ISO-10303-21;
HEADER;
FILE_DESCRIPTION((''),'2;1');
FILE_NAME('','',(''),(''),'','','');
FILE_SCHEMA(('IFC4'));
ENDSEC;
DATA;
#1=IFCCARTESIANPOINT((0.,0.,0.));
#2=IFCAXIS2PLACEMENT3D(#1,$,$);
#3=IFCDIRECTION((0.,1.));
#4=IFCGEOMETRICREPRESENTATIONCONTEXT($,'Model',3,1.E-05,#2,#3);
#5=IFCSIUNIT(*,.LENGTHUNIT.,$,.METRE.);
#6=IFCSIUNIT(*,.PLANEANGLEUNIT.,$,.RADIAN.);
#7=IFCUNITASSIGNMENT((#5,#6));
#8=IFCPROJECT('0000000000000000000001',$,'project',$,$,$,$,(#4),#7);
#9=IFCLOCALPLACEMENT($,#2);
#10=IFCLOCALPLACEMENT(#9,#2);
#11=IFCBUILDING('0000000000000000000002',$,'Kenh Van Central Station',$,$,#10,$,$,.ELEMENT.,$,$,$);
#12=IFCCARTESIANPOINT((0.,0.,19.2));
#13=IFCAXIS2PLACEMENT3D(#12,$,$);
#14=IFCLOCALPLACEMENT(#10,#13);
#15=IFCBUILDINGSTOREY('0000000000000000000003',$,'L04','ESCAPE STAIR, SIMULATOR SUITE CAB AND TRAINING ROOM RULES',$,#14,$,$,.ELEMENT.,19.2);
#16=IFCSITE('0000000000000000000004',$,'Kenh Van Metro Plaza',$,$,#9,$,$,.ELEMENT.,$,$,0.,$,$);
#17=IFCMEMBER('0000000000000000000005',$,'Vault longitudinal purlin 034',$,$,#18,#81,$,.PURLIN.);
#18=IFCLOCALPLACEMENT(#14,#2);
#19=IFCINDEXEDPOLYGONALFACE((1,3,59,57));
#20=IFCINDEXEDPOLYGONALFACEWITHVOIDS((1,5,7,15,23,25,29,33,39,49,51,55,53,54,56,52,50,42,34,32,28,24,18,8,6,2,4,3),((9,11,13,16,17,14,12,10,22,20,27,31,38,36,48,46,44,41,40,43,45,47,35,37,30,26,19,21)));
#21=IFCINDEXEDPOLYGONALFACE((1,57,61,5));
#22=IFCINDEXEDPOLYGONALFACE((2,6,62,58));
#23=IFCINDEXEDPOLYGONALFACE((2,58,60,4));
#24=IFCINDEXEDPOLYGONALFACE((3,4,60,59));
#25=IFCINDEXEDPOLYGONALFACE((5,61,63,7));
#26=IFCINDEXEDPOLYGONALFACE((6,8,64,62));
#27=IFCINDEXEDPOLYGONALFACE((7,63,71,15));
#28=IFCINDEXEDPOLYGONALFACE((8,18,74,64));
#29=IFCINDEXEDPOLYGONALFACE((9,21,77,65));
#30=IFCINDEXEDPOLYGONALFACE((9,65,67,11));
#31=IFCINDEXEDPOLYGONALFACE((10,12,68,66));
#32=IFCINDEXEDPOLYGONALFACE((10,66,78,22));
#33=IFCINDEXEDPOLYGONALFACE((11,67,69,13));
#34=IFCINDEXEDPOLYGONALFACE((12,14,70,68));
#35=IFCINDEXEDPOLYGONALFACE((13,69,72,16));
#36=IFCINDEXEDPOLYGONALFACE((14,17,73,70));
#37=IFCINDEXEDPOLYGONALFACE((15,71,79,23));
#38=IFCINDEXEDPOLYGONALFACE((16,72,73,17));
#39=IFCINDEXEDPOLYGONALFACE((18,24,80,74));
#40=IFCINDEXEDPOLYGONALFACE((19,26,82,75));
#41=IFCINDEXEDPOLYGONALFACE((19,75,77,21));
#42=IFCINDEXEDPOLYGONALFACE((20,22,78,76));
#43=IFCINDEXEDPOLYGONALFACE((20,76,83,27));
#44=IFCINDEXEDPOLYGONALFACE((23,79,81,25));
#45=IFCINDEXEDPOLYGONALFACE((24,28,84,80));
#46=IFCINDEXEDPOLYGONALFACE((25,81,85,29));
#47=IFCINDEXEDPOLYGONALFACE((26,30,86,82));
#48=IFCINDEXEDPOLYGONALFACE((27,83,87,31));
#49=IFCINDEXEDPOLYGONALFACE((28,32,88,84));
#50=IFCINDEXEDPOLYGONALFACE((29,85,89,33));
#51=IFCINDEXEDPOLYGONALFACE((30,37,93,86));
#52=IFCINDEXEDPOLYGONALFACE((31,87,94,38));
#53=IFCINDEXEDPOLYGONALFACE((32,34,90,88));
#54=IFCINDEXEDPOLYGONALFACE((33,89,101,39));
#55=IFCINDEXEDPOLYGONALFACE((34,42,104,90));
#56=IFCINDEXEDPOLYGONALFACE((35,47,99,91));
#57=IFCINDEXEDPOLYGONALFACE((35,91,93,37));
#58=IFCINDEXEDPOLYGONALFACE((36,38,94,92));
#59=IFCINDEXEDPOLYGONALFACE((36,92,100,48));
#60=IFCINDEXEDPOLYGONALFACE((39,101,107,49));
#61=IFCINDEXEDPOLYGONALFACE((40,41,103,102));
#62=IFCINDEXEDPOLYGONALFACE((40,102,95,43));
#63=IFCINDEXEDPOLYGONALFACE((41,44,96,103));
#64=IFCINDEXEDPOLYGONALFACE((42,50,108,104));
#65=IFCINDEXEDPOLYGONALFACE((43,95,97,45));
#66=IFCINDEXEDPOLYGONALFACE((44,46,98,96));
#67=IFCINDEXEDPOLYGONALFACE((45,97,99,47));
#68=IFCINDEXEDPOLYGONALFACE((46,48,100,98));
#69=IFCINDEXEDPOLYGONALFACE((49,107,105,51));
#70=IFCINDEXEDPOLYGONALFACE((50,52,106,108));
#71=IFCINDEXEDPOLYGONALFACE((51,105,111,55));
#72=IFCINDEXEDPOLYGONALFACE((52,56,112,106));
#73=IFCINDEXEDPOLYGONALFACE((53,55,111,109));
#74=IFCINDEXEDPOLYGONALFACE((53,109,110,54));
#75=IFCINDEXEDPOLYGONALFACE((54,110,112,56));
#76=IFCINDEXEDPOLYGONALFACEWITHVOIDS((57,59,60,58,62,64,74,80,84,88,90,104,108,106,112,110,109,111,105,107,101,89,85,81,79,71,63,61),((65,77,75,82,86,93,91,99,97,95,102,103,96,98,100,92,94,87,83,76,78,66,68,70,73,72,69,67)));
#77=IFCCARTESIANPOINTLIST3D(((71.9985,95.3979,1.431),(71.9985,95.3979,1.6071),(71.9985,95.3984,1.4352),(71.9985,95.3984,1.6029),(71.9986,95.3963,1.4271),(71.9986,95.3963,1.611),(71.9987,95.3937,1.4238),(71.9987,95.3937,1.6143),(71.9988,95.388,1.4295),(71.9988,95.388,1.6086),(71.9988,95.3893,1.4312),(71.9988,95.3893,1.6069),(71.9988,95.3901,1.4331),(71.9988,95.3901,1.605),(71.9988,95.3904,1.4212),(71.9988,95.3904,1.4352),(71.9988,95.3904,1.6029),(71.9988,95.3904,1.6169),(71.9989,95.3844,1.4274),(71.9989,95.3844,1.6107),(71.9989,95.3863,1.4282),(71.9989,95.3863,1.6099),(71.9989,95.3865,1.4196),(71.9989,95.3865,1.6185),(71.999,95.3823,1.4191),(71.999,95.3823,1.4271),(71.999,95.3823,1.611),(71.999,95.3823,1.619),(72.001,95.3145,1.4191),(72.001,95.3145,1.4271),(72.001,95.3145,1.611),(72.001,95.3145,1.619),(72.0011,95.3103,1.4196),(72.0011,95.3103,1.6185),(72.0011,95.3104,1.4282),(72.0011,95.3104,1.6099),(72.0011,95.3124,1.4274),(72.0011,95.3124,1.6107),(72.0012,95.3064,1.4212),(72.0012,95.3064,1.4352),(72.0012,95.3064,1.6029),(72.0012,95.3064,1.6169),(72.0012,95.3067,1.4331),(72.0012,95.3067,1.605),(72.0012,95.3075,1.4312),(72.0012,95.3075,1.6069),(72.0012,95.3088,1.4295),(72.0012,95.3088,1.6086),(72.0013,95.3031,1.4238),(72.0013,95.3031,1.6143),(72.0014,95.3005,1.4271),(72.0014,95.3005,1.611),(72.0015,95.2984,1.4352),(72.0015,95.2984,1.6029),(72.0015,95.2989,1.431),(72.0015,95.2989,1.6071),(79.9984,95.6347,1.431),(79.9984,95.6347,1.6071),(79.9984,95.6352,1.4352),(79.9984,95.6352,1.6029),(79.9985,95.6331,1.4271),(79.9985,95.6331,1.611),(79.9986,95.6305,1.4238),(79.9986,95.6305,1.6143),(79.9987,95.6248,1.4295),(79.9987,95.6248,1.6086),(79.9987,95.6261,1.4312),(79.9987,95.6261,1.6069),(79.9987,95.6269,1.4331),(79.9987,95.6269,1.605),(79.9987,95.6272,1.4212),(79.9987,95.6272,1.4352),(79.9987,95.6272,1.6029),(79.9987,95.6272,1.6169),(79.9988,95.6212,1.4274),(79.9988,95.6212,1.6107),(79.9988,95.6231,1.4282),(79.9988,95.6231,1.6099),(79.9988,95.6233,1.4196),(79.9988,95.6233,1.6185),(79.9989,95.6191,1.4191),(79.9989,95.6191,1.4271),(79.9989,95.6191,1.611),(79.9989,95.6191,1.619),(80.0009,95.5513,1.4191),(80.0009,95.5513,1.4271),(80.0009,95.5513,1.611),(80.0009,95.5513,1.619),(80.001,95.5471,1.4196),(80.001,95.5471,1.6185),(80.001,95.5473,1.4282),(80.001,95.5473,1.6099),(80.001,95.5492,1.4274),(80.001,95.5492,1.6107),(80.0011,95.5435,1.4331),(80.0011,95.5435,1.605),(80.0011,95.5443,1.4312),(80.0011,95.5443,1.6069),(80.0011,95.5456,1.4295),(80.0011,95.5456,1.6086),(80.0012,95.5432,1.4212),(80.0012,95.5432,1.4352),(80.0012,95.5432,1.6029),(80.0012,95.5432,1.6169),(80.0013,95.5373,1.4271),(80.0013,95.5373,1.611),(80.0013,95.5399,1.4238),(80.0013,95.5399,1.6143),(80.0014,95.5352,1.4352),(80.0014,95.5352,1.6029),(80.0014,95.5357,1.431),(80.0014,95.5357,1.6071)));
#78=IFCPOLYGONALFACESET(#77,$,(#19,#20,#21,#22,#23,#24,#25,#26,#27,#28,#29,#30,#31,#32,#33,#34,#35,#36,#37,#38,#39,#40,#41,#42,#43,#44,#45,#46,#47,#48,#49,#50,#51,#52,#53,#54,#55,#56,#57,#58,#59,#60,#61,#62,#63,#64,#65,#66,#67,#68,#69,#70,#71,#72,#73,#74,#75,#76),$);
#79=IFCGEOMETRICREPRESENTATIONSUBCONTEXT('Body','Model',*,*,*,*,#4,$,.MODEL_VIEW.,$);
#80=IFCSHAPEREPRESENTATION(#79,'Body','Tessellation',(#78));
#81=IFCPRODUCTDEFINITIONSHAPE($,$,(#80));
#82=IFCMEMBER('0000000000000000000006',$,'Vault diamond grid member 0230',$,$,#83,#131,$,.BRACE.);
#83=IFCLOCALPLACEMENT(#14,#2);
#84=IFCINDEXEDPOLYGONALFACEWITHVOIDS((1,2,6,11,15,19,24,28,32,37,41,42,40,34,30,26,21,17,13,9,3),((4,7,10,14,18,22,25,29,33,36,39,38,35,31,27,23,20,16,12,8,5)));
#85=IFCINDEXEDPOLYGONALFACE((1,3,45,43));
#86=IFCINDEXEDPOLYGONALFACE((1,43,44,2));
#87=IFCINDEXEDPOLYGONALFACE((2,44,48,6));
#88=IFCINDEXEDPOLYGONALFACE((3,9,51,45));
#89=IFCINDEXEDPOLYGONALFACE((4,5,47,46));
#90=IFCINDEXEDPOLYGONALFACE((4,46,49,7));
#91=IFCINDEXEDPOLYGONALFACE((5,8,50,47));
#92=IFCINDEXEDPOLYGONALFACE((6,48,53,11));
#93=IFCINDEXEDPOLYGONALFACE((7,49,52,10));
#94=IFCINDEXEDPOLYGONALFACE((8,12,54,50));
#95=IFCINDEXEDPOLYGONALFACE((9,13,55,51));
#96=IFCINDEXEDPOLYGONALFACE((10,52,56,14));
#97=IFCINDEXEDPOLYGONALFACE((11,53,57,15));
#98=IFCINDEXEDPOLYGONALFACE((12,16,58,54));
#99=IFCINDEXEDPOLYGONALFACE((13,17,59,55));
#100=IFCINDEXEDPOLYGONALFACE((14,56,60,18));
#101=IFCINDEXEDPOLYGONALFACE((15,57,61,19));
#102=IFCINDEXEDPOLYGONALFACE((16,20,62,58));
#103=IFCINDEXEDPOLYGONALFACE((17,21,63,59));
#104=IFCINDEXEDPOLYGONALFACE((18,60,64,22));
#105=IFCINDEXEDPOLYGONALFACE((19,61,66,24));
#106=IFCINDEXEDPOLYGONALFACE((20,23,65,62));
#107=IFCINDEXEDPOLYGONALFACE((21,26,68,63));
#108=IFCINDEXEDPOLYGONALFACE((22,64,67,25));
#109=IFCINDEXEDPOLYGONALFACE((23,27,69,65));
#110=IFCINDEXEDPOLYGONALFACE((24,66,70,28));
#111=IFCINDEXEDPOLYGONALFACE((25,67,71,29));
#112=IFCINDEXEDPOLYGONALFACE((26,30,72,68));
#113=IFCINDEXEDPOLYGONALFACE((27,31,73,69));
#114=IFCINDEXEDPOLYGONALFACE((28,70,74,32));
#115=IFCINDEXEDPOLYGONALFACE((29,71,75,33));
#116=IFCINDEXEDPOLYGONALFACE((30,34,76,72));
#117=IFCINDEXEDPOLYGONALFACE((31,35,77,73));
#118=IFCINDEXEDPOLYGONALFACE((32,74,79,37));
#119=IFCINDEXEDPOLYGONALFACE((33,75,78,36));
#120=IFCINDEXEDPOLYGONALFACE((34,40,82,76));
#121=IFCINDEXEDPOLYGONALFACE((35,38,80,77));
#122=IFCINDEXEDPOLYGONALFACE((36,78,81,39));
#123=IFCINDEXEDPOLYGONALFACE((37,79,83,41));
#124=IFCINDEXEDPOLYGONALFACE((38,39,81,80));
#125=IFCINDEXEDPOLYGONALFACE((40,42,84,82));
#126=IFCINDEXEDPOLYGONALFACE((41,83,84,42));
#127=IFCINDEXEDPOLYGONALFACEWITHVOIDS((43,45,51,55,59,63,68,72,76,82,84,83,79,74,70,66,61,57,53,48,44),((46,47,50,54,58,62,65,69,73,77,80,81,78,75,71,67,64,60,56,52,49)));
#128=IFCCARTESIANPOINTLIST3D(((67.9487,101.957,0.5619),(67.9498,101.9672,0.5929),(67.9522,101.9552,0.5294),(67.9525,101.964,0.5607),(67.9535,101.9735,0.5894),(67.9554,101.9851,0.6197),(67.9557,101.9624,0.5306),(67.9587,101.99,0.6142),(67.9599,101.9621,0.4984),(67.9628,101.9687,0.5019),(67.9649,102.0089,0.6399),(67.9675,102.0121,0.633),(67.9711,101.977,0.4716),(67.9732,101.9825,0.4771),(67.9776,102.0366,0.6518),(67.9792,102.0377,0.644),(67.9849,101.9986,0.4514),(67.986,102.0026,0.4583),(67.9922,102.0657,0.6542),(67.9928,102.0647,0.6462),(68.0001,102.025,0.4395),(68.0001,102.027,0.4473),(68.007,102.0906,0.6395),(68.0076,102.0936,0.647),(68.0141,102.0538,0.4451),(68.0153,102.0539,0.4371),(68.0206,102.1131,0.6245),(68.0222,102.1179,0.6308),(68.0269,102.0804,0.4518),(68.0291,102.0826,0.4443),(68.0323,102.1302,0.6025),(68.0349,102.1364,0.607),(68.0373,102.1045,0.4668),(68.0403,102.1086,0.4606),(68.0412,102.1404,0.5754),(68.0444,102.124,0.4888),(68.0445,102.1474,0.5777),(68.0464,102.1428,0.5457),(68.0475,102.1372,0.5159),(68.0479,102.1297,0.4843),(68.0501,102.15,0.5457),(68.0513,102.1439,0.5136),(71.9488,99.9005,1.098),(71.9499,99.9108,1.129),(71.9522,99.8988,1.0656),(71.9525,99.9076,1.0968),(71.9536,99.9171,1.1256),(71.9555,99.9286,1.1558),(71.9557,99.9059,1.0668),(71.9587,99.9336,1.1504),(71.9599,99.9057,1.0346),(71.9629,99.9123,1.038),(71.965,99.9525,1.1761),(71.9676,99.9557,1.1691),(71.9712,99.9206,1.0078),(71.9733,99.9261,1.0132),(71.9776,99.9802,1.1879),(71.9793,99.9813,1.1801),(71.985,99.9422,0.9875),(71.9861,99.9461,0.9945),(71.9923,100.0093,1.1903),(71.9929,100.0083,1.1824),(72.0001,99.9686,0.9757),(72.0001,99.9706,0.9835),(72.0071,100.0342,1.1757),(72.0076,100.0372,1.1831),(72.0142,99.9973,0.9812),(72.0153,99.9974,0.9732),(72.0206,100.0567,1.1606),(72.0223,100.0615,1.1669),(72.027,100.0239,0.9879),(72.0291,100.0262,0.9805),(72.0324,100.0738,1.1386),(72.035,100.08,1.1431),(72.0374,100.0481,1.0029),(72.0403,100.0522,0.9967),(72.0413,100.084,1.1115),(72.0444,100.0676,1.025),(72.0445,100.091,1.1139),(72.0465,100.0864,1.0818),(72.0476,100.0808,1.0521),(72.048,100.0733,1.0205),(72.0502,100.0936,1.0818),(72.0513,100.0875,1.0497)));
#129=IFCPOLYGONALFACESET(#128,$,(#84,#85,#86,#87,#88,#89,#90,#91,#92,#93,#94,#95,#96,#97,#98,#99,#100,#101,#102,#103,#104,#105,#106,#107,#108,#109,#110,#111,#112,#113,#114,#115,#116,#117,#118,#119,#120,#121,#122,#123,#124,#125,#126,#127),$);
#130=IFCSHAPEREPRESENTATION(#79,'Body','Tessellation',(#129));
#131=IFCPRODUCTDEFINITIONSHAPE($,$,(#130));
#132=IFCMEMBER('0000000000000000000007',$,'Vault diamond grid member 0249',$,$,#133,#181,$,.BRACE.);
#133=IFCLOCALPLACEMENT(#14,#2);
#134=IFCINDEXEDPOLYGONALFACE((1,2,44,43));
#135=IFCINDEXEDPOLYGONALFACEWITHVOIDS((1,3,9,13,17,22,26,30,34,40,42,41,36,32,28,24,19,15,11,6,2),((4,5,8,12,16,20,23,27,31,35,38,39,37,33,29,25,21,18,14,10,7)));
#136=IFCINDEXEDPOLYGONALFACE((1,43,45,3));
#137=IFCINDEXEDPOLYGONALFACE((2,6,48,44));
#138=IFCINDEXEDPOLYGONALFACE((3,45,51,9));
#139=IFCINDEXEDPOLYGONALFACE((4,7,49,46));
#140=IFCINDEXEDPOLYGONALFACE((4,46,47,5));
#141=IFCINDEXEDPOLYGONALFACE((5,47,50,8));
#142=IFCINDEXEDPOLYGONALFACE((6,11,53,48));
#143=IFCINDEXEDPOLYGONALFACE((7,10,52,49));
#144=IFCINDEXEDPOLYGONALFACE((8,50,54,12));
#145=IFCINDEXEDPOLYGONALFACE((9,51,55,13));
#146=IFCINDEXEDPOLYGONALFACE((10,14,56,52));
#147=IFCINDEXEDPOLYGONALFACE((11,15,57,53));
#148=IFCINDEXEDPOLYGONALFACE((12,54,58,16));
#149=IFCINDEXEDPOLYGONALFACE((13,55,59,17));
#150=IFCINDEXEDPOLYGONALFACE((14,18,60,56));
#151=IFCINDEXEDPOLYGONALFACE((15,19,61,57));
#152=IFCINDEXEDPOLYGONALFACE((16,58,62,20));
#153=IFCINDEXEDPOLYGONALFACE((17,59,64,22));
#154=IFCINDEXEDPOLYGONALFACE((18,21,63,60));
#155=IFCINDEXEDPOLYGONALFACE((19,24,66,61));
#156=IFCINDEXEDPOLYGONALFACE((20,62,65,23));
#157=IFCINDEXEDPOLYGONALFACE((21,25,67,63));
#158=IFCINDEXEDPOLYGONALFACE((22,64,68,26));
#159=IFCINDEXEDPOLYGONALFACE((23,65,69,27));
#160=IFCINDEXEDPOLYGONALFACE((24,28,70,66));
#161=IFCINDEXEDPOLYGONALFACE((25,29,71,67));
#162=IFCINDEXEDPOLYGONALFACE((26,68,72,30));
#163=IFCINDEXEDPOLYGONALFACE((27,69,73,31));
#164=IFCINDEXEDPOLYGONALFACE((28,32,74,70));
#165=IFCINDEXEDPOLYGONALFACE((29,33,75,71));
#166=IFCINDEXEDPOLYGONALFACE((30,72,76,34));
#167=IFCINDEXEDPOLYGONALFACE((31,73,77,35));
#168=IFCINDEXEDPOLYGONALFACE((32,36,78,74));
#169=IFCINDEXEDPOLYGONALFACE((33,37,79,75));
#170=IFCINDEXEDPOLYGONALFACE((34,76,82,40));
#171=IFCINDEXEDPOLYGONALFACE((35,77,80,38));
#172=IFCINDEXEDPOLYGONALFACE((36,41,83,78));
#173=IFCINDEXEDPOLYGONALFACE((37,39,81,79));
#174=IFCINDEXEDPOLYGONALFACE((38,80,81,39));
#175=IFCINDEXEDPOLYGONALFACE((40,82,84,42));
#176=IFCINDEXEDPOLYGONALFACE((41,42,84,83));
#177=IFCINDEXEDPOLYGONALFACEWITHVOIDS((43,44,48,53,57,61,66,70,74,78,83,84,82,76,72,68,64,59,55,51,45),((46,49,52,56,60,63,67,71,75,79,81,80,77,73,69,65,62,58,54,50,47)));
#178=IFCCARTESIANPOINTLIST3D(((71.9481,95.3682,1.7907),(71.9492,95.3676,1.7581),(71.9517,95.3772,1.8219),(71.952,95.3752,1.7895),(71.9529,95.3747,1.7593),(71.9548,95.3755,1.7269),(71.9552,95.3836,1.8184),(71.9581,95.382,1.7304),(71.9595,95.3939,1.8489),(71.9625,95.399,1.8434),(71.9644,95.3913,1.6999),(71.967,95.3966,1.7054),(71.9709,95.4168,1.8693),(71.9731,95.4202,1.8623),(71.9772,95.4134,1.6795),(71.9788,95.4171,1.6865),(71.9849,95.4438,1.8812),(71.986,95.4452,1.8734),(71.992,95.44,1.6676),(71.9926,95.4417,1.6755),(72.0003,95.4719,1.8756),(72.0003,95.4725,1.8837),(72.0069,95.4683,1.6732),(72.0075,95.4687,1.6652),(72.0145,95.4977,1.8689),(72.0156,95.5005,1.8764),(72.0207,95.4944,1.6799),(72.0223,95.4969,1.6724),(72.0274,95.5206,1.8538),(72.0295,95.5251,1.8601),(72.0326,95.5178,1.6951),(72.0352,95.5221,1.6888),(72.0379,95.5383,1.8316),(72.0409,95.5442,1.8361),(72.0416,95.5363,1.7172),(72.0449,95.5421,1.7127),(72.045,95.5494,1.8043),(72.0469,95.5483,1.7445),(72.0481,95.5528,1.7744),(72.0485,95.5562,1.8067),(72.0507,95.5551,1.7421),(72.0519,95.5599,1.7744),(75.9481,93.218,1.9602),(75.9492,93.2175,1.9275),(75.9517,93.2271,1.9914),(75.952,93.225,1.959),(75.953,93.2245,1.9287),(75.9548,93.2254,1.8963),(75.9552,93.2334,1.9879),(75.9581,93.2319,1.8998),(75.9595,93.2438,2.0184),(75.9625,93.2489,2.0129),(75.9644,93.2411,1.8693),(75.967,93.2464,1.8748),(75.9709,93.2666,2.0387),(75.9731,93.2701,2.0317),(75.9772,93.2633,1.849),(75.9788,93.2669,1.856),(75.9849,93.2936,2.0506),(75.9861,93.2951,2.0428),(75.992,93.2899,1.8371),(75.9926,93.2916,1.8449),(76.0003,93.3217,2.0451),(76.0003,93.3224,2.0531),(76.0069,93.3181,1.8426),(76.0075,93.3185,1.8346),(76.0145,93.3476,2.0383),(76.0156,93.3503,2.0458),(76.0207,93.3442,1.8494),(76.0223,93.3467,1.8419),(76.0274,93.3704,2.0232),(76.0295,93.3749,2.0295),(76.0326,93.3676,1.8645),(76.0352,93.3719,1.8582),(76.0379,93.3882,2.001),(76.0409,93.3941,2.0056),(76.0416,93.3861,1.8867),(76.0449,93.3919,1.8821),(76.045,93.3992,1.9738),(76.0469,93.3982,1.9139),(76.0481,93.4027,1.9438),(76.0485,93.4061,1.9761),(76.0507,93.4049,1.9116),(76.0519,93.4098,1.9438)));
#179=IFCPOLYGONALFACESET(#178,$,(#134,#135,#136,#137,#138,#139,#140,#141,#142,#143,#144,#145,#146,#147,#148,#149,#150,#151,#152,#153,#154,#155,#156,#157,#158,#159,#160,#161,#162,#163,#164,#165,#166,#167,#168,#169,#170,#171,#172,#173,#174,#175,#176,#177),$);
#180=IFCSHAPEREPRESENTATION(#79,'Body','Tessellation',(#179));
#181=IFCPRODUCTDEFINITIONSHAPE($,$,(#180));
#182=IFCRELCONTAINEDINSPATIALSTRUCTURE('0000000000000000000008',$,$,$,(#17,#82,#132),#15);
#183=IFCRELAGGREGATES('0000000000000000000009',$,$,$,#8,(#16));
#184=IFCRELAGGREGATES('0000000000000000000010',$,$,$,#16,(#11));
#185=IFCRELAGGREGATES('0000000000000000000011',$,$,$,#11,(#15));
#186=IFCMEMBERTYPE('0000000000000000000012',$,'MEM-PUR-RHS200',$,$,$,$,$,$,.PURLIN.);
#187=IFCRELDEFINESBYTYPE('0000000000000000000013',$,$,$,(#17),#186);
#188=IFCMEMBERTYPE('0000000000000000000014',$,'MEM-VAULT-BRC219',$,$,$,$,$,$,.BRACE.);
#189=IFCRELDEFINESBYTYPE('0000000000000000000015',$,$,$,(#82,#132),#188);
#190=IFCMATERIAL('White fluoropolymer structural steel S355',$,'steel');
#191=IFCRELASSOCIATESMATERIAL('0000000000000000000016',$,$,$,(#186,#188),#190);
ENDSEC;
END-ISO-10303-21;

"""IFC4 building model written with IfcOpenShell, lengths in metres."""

from ifc_helpers import new_model, si_unit, direction, frame, origin, origin_2d, place, context, subcontext, project, spatial, hollow_rectangle, hollow_circle, extrude, material, material_profile, profile_set, type_object, element, save


model = new_model("IFC4")

# Units and contexts
model_context = context("Model", 3, precision=1e-05, world=origin(), true_north=direction((0.0, 1.0)))
body_context = subcontext(model_context, "Body", "Model", "MODEL_VIEW")
ifc_project = project(units=[si_unit("LENGTHUNIT", "METRE"), si_unit("PLANEANGLEUNIT", "RADIAN")], contexts=[model_context])

# Site, building, storey
site_placement = place(None, origin())
site = spatial("IfcSite", under=ifc_project, at=site_placement, Name="Kenh Van Metro Plaza", CompositionType="ELEMENT", RefElevation=0.0)
building_placement = place(site_placement, origin())
building = spatial("IfcBuilding", under=site, at=building_placement, Name="Kenh Van Central Station", CompositionType="ELEMENT")
storey_placement = place(building_placement, frame((0.0, 0.0, 19.2)))
storey = spatial("IfcBuildingStorey", under=building, at=storey_placement, Name="L04", Description="ESCAPE STAIR, SIMULATOR SUITE CAB AND TRAINING ROOM RULES", CompositionType="ELEMENT", Elevation=19.2)

# Shared definitions
ifc_material_1 = material(Name="White fluoropolymer structural steel S355", Category="steel")

# Members
ifc_material_profile_1 = material_profile(ifc_material_1, hollow_rectangle(XDim=0.1001, YDim=0.2, WallThickness=0.0081, InnerFilletRadius=0.0081, OuterFilletRadius=0.0161, at=origin_2d()), Name="RHS 200x100x8")
ifc_profile_set_1 = profile_set([ifc_material_profile_1], Name="White fluoropolymer structural steel S355")
member_type_1 = type_object("IfcMemberType", Name="MEM-PUR-RHS200", PredefinedType="PURLIN", material=ifc_profile_set_1)
member_1_placement = place(storey_placement, frame((72.0, 95.3484, 1.519), z_axis=(0.999562, 0.029589, 0.0), x_axis=(-0.029589, 0.999562, 0.0)))
element("IfcMember", 1, at=member_1_placement, inside=storey, type_object=member_type_1, Name="Vault longitudinal purlin 034", PredefinedType="PURLIN", context=body_context, shape_type="SweptSolid", body=[
    extrude(hollow_rectangle(XDim=0.1001, YDim=0.2, WallThickness=0.0081, InnerFilletRadius=0.0081, OuterFilletRadius=0.0161, at=origin_2d()), origin(), (0.0, 0.0, 1.0), 8.0034),
])
ifc_material_profile_2 = material_profile(ifc_material_1, hollow_circle(Radius=0.1096, WallThickness=0.0081, at=origin_2d()), Name="CHS 219.1x8")
ifc_profile_set_2 = profile_set([ifc_material_profile_2], Name="White fluoropolymer structural steel S355")
member_type_2 = type_object("IfcMemberType", Name="MEM-VAULT-BRC219", PredefinedType="BRACE", material=ifc_profile_set_2)
member_2_placement = place(storey_placement, frame((68.0, 102.0525, 0.5457), z_axis=(0.883103, -0.454003, 0.118365), x_axis=(0.457217, 0.889355, 0.0)))
element("IfcMember", 2, at=member_2_placement, inside=storey, type_object=member_type_2, Name="Vault diamond grid member 0230", PredefinedType="BRACE", context=body_context, shape_type="SweptSolid", body=[
    extrude(hollow_circle(Radius=0.1096, WallThickness=0.0081, at=origin_2d()), origin(), (0.0, 0.0, 1.0), 4.5295),
])
member_3_placement = place(storey_placement, frame((72.0, 95.4634, 1.7744), z_axis=(0.880199, -0.473139, 0.037284), x_axis=(0.473468, 0.880811, 0.0)))
element("IfcMember", 3, at=member_3_placement, inside=storey, type_object=member_type_2, Name="Vault diamond grid member 0249", PredefinedType="BRACE", context=body_context, shape_type="SweptSolid", body=[
    extrude(hollow_circle(Radius=0.1096, WallThickness=0.0081, at=origin_2d()), origin(), (0.0, 0.0, 1.0), 4.5444),
])

save(model, "model.ifc")
